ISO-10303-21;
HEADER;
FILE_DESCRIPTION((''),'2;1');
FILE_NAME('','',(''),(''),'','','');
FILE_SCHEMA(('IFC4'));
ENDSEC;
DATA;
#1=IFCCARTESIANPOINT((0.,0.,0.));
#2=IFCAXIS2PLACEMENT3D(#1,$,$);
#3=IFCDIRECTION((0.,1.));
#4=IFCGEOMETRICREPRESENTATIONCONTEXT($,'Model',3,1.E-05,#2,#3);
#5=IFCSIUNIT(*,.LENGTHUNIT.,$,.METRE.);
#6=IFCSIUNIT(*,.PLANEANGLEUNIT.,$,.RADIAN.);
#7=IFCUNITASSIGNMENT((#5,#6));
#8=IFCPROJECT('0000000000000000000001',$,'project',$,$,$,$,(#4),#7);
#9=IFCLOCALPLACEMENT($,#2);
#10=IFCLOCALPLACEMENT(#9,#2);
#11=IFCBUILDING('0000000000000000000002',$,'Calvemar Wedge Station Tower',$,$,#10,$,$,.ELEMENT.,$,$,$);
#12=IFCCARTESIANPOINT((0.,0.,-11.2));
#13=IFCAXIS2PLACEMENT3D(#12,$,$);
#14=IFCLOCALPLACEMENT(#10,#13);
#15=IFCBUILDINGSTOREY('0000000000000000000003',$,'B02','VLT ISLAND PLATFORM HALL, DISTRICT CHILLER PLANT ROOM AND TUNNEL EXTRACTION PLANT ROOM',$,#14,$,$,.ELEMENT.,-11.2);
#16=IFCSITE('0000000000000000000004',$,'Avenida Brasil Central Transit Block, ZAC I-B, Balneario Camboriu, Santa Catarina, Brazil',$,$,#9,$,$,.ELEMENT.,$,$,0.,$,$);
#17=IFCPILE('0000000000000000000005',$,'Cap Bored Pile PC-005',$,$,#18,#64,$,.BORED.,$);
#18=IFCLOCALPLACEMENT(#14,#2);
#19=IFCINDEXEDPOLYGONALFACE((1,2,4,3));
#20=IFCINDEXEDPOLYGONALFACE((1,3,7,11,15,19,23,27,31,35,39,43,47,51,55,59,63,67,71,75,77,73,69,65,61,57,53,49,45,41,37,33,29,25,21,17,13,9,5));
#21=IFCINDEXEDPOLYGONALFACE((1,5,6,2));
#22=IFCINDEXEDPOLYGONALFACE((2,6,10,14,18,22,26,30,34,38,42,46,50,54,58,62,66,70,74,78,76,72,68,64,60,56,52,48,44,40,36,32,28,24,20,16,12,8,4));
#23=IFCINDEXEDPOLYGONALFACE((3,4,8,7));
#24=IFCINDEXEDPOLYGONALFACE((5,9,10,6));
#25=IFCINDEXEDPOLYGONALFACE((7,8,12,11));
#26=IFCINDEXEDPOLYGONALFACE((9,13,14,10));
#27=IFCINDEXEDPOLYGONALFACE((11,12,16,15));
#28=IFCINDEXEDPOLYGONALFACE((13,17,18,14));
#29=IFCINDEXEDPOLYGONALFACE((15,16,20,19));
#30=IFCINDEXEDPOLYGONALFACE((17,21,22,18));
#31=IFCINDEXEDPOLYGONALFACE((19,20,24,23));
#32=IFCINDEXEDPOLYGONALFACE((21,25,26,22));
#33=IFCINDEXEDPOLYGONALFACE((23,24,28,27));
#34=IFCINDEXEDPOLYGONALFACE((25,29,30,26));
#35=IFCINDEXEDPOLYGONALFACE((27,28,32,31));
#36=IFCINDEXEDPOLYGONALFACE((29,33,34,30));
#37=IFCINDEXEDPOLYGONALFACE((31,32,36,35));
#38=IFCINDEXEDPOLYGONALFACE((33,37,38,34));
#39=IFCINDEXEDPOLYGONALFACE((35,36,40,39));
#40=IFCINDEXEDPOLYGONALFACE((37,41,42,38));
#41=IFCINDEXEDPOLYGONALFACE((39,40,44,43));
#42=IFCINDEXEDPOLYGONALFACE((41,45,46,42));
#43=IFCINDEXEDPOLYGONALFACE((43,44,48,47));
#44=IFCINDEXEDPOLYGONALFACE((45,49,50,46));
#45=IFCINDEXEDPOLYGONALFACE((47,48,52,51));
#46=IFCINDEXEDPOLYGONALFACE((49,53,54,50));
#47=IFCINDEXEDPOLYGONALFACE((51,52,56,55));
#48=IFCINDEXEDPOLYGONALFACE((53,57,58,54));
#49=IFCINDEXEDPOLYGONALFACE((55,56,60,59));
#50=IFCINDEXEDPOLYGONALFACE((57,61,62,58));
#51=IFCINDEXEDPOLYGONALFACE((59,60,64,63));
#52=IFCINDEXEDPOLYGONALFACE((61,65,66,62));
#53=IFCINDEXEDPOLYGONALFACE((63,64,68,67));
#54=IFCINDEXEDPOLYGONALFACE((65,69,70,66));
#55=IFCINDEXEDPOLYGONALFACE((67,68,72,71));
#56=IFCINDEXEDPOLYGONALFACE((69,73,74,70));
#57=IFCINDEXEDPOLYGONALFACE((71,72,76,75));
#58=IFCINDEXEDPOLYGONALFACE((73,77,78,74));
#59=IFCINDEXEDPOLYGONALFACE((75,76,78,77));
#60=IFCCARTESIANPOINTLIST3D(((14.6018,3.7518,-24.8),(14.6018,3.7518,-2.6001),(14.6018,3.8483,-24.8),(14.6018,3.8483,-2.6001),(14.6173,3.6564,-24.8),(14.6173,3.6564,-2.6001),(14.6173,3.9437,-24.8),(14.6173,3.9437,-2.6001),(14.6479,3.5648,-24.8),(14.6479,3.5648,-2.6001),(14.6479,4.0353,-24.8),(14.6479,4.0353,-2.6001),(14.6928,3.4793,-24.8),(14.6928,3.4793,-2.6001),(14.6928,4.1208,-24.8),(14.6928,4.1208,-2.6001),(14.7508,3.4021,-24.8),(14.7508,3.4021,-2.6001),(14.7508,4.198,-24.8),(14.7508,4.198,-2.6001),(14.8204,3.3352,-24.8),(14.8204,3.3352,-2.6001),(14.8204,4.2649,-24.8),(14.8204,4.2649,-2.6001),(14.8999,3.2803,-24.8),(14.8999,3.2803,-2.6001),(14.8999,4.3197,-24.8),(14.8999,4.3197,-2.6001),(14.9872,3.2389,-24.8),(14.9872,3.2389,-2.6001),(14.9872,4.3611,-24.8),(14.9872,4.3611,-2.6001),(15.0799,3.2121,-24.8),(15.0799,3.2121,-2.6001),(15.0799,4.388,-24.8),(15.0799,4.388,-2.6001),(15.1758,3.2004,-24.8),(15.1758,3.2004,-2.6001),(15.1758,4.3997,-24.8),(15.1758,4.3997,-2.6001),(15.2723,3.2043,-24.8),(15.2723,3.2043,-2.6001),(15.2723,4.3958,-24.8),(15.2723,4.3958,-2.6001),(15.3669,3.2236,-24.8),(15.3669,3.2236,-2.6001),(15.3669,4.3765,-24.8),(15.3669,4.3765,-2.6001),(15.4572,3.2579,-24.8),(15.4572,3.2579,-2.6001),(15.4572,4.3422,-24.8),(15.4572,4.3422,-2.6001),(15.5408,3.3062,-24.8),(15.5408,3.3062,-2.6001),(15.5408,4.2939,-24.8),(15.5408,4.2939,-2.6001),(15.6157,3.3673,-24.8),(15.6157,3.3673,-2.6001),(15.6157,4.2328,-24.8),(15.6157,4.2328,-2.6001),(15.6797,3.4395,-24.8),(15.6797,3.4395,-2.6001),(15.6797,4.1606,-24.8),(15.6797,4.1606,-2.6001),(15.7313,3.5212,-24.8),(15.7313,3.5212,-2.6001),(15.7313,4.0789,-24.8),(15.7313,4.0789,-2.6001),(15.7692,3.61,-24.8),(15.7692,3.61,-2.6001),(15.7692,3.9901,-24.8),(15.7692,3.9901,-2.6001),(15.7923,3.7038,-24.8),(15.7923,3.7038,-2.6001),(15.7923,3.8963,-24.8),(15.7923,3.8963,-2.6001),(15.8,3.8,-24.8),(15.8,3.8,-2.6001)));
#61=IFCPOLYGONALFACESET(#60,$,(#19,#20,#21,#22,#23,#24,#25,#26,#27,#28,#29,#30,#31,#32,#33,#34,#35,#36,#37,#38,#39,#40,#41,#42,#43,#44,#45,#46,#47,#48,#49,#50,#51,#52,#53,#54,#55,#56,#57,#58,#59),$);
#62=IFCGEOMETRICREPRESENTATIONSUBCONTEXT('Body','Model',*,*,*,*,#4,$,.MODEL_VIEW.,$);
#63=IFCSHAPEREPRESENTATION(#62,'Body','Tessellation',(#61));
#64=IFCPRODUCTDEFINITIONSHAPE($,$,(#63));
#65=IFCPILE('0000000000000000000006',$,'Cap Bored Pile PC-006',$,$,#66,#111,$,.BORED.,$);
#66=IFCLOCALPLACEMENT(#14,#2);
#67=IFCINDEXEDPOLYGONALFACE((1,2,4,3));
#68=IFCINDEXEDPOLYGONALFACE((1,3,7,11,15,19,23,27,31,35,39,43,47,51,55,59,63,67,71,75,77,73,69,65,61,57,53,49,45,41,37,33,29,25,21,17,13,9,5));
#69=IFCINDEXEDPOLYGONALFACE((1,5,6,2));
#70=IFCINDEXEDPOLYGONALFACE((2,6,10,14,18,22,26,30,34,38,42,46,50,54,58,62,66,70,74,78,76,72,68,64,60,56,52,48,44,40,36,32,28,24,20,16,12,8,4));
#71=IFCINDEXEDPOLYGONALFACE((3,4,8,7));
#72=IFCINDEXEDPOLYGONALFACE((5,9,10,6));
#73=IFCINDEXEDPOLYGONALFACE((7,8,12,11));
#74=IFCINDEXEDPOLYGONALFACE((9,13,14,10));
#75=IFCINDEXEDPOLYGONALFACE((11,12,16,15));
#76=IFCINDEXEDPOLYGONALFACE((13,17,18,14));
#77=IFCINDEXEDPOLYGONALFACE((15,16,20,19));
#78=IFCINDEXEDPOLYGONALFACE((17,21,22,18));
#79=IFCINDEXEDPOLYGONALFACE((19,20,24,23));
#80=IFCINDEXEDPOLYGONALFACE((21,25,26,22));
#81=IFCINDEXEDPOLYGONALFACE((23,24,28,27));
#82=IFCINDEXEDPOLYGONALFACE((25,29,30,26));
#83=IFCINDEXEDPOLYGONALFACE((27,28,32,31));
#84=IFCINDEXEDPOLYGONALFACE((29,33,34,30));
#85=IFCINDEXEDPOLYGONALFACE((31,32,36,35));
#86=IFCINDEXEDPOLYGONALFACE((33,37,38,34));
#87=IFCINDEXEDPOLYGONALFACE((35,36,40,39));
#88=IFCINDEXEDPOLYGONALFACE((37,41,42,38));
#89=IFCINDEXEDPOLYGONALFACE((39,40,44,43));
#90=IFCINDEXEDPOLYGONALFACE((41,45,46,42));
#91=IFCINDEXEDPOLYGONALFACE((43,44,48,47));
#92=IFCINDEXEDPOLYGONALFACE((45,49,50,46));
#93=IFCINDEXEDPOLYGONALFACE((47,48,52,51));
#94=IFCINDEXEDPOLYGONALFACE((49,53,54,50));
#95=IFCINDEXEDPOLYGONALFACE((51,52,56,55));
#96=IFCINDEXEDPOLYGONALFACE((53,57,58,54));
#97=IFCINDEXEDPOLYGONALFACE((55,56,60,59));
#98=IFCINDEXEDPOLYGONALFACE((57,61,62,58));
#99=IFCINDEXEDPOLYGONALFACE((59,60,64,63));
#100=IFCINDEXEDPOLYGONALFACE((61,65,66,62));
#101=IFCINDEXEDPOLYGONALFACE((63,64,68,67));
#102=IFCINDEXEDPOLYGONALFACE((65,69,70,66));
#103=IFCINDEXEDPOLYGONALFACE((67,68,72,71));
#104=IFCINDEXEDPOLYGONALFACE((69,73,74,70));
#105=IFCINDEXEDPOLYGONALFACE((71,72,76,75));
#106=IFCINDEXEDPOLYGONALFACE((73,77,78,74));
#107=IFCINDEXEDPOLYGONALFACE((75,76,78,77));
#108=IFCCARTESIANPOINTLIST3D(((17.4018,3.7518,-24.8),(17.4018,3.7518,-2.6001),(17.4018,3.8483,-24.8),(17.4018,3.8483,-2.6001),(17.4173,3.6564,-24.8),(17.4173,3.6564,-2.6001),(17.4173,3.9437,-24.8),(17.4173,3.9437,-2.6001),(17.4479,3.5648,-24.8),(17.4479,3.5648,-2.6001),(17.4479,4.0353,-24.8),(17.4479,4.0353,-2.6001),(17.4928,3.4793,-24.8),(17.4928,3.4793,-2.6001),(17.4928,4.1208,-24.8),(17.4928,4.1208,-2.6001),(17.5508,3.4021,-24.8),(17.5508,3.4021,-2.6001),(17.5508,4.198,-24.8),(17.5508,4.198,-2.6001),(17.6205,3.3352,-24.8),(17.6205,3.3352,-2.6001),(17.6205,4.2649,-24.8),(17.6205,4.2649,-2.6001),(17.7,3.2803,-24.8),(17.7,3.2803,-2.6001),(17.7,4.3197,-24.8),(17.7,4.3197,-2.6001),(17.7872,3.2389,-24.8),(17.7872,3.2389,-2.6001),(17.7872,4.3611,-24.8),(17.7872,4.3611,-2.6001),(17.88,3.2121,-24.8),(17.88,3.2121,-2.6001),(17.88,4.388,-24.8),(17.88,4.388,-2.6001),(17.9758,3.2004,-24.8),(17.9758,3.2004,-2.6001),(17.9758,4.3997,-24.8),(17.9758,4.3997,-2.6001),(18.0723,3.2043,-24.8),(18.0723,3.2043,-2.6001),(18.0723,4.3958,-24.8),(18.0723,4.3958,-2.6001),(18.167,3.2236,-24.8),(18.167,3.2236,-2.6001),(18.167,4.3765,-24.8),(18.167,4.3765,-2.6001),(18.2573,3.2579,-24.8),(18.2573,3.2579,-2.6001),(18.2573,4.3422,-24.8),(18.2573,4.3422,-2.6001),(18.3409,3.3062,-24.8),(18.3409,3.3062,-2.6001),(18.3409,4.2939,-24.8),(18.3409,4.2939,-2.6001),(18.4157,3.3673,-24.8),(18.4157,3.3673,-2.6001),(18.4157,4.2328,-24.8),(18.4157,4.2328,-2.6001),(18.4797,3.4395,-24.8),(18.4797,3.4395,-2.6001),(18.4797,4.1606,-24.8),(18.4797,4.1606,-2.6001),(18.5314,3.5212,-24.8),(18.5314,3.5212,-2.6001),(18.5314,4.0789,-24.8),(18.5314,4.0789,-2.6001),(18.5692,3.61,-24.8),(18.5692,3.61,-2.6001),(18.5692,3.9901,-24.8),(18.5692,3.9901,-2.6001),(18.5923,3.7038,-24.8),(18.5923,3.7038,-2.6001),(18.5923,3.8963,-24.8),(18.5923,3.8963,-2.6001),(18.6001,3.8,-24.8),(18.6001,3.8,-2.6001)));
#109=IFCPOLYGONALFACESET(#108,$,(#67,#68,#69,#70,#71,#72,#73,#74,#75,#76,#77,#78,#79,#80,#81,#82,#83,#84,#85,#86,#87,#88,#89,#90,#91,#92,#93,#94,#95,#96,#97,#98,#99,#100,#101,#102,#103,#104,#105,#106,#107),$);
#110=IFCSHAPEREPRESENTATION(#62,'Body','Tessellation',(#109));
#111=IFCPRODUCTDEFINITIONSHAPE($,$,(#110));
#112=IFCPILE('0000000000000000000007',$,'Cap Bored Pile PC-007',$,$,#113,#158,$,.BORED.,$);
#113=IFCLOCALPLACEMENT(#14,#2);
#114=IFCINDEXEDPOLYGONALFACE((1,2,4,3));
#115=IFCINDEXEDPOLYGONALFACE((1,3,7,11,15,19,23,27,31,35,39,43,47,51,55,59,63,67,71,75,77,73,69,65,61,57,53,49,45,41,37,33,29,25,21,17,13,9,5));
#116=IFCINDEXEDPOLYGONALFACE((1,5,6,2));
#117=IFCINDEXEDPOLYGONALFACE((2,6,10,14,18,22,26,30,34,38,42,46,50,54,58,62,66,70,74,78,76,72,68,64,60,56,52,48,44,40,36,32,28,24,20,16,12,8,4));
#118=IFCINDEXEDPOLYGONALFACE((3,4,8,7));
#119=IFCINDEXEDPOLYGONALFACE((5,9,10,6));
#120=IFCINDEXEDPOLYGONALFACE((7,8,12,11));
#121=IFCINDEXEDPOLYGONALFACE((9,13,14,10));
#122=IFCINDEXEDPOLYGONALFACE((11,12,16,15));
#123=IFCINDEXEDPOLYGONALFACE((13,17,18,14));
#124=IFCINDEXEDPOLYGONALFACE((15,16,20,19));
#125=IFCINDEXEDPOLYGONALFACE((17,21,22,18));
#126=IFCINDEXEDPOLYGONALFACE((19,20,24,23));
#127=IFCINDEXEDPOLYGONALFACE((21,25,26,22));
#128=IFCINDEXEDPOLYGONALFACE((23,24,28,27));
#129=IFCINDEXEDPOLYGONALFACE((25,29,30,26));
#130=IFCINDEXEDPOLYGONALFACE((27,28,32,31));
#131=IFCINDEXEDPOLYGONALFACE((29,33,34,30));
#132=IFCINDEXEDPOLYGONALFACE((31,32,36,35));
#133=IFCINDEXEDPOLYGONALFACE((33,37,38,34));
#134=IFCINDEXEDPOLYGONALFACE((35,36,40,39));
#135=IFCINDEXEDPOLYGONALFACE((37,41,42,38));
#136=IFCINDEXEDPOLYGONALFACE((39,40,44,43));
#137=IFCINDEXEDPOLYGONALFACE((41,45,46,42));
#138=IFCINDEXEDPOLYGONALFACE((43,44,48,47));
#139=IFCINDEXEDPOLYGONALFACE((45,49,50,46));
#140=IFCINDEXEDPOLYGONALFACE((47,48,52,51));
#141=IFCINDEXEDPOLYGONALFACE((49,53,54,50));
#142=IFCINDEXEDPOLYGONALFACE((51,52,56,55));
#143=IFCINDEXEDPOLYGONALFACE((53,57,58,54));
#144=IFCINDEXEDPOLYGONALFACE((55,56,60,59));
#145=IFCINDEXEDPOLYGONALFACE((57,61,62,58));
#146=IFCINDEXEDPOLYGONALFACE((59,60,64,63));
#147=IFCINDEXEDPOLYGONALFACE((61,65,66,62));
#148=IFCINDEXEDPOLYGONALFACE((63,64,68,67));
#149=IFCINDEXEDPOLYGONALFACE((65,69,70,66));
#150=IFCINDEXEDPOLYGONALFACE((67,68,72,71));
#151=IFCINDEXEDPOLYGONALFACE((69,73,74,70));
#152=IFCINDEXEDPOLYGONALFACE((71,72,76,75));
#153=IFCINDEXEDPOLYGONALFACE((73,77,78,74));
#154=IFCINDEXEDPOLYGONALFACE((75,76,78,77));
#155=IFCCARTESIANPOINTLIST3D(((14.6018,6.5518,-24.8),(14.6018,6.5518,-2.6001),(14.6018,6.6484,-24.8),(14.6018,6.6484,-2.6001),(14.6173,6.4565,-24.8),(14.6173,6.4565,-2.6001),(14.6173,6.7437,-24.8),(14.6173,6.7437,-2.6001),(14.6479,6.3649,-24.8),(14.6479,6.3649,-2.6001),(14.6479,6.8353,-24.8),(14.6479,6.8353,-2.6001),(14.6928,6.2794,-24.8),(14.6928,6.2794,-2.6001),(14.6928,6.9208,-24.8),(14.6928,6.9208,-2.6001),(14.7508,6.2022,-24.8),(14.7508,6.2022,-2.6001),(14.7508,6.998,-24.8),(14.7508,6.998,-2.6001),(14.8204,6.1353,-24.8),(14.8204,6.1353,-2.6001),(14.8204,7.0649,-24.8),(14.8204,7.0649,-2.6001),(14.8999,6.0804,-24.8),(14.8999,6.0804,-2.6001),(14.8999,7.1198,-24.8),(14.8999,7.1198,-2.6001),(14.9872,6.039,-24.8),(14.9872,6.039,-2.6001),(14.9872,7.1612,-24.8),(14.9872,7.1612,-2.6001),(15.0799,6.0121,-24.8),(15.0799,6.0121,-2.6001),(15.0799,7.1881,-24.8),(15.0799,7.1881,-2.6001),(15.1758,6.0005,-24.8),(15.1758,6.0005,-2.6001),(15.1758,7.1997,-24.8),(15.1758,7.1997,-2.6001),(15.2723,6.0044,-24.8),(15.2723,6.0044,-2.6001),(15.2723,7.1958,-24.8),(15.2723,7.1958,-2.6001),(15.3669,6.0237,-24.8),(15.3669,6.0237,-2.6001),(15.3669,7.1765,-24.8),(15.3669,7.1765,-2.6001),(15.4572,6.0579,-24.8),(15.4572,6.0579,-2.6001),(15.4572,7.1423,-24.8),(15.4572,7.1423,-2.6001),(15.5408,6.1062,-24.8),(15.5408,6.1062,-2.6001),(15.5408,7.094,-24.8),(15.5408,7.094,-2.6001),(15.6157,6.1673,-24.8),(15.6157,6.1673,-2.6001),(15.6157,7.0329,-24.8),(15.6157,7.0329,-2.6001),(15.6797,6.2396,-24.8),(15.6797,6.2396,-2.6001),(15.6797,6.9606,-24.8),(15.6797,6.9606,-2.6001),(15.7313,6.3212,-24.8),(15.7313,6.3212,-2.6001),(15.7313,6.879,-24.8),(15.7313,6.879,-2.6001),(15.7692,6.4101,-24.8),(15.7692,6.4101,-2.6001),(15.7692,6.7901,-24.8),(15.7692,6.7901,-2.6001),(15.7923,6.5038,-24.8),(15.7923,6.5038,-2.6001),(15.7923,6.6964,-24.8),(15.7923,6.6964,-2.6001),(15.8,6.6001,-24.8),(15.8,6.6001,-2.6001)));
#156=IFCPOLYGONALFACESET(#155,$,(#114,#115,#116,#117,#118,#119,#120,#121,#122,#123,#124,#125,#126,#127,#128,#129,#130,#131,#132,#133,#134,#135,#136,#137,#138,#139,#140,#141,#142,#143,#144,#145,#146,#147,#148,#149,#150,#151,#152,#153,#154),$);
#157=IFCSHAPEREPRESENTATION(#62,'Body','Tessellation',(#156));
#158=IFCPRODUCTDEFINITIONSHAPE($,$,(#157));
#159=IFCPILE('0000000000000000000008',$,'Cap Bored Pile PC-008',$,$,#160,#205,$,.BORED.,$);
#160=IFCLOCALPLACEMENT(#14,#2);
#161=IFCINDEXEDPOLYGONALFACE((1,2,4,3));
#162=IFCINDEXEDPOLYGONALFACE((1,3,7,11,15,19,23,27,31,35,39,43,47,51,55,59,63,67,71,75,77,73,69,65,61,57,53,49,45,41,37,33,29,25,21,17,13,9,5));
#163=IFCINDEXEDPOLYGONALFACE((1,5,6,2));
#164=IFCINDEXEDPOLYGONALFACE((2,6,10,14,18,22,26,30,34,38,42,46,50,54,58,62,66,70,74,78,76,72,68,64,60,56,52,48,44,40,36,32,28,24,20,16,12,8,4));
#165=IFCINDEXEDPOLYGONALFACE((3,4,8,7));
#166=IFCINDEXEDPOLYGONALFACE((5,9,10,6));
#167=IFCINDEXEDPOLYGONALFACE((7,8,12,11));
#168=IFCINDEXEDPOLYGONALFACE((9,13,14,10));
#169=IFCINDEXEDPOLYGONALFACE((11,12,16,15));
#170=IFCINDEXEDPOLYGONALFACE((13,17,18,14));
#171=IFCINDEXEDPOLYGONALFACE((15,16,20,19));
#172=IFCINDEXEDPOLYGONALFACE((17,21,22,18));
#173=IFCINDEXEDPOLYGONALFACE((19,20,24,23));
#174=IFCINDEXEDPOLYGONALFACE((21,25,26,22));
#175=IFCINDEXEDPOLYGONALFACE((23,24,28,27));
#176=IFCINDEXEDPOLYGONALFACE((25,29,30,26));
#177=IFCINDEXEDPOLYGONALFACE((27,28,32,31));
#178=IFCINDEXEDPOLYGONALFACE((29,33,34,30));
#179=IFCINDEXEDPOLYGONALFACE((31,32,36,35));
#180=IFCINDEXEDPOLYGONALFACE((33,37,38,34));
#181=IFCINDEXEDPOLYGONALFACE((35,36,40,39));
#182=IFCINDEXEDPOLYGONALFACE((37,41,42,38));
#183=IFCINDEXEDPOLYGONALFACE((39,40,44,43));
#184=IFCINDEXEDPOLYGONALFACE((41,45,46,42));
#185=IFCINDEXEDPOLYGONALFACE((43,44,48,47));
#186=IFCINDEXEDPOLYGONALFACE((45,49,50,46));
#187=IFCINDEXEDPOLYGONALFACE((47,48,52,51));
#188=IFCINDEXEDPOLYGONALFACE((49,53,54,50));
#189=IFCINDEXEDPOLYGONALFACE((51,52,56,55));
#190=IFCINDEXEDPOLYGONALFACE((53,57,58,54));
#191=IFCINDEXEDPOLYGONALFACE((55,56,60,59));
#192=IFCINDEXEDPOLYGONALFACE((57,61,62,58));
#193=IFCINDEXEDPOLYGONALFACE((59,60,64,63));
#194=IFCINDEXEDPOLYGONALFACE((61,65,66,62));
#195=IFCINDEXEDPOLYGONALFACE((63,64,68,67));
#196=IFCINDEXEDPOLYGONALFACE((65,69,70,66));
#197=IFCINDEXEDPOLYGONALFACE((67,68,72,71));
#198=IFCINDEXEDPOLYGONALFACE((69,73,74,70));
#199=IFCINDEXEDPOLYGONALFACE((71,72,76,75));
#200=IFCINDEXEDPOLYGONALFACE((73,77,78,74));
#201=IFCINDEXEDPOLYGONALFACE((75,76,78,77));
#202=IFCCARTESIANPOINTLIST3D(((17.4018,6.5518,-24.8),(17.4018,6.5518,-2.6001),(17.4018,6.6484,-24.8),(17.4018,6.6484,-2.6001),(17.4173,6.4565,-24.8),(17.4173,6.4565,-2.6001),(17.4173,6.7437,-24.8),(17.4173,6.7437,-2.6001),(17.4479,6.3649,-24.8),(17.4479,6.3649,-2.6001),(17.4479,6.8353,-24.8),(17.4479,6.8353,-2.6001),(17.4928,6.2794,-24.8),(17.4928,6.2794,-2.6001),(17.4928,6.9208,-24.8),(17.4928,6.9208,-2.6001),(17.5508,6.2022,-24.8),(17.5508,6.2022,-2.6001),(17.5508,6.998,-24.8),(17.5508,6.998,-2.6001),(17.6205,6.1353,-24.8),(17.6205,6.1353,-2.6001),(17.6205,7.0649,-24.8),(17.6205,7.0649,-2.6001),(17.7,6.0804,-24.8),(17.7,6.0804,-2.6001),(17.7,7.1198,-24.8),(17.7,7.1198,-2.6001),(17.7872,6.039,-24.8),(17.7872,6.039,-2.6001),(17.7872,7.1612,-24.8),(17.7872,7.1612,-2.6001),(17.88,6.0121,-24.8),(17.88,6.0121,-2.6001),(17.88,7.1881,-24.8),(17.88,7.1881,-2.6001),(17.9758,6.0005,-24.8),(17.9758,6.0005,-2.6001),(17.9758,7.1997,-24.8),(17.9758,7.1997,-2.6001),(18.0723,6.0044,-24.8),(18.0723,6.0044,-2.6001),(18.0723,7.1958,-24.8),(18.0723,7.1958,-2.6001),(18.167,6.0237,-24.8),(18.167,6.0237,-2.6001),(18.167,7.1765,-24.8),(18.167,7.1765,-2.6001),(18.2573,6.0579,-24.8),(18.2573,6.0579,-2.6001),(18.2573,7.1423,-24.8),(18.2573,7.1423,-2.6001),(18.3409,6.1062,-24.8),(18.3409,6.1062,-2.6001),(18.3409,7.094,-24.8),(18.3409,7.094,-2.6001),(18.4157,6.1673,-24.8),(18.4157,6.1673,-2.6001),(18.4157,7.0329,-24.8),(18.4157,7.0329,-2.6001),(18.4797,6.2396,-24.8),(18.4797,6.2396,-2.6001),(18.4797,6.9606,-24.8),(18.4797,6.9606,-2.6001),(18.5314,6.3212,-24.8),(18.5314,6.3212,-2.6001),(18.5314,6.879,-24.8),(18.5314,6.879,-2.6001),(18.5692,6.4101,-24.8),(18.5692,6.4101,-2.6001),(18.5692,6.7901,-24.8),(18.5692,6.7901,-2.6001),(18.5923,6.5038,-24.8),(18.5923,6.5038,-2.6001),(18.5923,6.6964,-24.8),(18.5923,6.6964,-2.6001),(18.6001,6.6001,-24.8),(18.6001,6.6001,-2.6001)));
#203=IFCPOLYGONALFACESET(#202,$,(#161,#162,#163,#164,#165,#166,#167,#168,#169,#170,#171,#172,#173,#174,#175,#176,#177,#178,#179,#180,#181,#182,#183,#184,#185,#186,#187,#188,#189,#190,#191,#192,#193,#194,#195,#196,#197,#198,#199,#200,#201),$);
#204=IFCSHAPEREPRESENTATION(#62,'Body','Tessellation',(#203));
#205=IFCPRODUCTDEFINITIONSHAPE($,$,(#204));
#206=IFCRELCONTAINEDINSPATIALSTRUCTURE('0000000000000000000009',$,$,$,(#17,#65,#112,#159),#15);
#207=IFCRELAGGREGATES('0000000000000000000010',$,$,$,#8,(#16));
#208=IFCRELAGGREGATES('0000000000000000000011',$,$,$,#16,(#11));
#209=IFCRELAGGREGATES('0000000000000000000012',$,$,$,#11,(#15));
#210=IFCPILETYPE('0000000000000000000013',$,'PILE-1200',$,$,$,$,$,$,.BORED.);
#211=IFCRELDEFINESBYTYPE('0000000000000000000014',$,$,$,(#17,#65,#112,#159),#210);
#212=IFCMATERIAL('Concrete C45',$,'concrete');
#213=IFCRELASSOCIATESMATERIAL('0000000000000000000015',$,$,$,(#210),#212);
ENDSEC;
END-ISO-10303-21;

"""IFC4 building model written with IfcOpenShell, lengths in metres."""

from ifc_helpers import new_model, si_unit, direction, frame, origin, origin_2d, place, context, subcontext, project, spatial, circle, extrude, material, material_profile, profile_set, type_object, element, save


model = new_model("IFC4")

# Units and contexts
model_context = context("Model", 3, precision=1e-05, world=origin(), true_north=direction((0.0, 1.0)))
body_context = subcontext(model_context, "Body", "Model", "MODEL_VIEW")
ifc_project = project(units=[si_unit("LENGTHUNIT", "METRE"), si_unit("PLANEANGLEUNIT", "RADIAN")], contexts=[model_context])

# Site, building, storey
site_placement = place(None, origin())
site = spatial("IfcSite", under=ifc_project, at=site_placement, Name="Avenida Brasil Central Transit Block, ZAC I-B, Balneario Camboriu, Santa Catarina, Brazil", CompositionType="ELEMENT", RefElevation=0.0)
building_placement = place(site_placement, origin())
building = spatial("IfcBuilding", under=site, at=building_placement, Name="Calvemar Wedge Station Tower", CompositionType="ELEMENT")
storey_placement = place(building_placement, frame((0.0, 0.0, -11.2)))
storey = spatial("IfcBuildingStorey", under=building, at=storey_placement, Name="B02", Description="VLT ISLAND PLATFORM HALL, DISTRICT CHILLER PLANT ROOM AND TUNNEL EXTRACTION PLANT ROOM", CompositionType="ELEMENT", Elevation=-11.2)

# Piles
ifc_material_1 = material(Name="Concrete C45", Category="concrete")
ifc_material_profile_1 = material_profile(ifc_material_1, circle(Radius=0.6001, at=origin_2d()), Name="PILE-D1200")
ifc_profile_set_1 = profile_set([ifc_material_profile_1], Name="Concrete C45")
pile_type_1 = type_object("IfcPileType", Name="PILE-1200", PredefinedType="BORED", material=ifc_profile_set_1)
for number, where, z_axis, x_axis, name in (
    (1, (15.2, 3.8, -2.6001), (0.0, 0.0, -1.0), (1.0, 0.0, 0.0), "Cap Bored Pile PC-005"),
    (2, (18.0, 3.8, -2.6001), (0.0, 0.0, -1.0), (1.0, 0.0, 0.0), "Cap Bored Pile PC-006"),
    (3, (15.2, 6.6001, -2.6001), (0.0, 0.0, -1.0), (1.0, 0.0, 0.0), "Cap Bored Pile PC-007"),
    (4, (18.0, 6.6001, -2.6001), (0.0, 0.0, -1.0), (1.0, 0.0, 0.0), "Cap Bored Pile PC-008"),
):
    element("IfcPile", number, at=place(storey_placement, frame(where, z_axis=z_axis, x_axis=x_axis)), inside=storey, type_object=pile_type_1, Name=name, PredefinedType="BORED", context=body_context, shape_type="SweptSolid", body=[
        extrude(circle(Radius=0.6001, at=origin_2d()), origin(), (0.0, 0.0, 1.0), 22.2),
    ])

save(model, "model.ifc")
